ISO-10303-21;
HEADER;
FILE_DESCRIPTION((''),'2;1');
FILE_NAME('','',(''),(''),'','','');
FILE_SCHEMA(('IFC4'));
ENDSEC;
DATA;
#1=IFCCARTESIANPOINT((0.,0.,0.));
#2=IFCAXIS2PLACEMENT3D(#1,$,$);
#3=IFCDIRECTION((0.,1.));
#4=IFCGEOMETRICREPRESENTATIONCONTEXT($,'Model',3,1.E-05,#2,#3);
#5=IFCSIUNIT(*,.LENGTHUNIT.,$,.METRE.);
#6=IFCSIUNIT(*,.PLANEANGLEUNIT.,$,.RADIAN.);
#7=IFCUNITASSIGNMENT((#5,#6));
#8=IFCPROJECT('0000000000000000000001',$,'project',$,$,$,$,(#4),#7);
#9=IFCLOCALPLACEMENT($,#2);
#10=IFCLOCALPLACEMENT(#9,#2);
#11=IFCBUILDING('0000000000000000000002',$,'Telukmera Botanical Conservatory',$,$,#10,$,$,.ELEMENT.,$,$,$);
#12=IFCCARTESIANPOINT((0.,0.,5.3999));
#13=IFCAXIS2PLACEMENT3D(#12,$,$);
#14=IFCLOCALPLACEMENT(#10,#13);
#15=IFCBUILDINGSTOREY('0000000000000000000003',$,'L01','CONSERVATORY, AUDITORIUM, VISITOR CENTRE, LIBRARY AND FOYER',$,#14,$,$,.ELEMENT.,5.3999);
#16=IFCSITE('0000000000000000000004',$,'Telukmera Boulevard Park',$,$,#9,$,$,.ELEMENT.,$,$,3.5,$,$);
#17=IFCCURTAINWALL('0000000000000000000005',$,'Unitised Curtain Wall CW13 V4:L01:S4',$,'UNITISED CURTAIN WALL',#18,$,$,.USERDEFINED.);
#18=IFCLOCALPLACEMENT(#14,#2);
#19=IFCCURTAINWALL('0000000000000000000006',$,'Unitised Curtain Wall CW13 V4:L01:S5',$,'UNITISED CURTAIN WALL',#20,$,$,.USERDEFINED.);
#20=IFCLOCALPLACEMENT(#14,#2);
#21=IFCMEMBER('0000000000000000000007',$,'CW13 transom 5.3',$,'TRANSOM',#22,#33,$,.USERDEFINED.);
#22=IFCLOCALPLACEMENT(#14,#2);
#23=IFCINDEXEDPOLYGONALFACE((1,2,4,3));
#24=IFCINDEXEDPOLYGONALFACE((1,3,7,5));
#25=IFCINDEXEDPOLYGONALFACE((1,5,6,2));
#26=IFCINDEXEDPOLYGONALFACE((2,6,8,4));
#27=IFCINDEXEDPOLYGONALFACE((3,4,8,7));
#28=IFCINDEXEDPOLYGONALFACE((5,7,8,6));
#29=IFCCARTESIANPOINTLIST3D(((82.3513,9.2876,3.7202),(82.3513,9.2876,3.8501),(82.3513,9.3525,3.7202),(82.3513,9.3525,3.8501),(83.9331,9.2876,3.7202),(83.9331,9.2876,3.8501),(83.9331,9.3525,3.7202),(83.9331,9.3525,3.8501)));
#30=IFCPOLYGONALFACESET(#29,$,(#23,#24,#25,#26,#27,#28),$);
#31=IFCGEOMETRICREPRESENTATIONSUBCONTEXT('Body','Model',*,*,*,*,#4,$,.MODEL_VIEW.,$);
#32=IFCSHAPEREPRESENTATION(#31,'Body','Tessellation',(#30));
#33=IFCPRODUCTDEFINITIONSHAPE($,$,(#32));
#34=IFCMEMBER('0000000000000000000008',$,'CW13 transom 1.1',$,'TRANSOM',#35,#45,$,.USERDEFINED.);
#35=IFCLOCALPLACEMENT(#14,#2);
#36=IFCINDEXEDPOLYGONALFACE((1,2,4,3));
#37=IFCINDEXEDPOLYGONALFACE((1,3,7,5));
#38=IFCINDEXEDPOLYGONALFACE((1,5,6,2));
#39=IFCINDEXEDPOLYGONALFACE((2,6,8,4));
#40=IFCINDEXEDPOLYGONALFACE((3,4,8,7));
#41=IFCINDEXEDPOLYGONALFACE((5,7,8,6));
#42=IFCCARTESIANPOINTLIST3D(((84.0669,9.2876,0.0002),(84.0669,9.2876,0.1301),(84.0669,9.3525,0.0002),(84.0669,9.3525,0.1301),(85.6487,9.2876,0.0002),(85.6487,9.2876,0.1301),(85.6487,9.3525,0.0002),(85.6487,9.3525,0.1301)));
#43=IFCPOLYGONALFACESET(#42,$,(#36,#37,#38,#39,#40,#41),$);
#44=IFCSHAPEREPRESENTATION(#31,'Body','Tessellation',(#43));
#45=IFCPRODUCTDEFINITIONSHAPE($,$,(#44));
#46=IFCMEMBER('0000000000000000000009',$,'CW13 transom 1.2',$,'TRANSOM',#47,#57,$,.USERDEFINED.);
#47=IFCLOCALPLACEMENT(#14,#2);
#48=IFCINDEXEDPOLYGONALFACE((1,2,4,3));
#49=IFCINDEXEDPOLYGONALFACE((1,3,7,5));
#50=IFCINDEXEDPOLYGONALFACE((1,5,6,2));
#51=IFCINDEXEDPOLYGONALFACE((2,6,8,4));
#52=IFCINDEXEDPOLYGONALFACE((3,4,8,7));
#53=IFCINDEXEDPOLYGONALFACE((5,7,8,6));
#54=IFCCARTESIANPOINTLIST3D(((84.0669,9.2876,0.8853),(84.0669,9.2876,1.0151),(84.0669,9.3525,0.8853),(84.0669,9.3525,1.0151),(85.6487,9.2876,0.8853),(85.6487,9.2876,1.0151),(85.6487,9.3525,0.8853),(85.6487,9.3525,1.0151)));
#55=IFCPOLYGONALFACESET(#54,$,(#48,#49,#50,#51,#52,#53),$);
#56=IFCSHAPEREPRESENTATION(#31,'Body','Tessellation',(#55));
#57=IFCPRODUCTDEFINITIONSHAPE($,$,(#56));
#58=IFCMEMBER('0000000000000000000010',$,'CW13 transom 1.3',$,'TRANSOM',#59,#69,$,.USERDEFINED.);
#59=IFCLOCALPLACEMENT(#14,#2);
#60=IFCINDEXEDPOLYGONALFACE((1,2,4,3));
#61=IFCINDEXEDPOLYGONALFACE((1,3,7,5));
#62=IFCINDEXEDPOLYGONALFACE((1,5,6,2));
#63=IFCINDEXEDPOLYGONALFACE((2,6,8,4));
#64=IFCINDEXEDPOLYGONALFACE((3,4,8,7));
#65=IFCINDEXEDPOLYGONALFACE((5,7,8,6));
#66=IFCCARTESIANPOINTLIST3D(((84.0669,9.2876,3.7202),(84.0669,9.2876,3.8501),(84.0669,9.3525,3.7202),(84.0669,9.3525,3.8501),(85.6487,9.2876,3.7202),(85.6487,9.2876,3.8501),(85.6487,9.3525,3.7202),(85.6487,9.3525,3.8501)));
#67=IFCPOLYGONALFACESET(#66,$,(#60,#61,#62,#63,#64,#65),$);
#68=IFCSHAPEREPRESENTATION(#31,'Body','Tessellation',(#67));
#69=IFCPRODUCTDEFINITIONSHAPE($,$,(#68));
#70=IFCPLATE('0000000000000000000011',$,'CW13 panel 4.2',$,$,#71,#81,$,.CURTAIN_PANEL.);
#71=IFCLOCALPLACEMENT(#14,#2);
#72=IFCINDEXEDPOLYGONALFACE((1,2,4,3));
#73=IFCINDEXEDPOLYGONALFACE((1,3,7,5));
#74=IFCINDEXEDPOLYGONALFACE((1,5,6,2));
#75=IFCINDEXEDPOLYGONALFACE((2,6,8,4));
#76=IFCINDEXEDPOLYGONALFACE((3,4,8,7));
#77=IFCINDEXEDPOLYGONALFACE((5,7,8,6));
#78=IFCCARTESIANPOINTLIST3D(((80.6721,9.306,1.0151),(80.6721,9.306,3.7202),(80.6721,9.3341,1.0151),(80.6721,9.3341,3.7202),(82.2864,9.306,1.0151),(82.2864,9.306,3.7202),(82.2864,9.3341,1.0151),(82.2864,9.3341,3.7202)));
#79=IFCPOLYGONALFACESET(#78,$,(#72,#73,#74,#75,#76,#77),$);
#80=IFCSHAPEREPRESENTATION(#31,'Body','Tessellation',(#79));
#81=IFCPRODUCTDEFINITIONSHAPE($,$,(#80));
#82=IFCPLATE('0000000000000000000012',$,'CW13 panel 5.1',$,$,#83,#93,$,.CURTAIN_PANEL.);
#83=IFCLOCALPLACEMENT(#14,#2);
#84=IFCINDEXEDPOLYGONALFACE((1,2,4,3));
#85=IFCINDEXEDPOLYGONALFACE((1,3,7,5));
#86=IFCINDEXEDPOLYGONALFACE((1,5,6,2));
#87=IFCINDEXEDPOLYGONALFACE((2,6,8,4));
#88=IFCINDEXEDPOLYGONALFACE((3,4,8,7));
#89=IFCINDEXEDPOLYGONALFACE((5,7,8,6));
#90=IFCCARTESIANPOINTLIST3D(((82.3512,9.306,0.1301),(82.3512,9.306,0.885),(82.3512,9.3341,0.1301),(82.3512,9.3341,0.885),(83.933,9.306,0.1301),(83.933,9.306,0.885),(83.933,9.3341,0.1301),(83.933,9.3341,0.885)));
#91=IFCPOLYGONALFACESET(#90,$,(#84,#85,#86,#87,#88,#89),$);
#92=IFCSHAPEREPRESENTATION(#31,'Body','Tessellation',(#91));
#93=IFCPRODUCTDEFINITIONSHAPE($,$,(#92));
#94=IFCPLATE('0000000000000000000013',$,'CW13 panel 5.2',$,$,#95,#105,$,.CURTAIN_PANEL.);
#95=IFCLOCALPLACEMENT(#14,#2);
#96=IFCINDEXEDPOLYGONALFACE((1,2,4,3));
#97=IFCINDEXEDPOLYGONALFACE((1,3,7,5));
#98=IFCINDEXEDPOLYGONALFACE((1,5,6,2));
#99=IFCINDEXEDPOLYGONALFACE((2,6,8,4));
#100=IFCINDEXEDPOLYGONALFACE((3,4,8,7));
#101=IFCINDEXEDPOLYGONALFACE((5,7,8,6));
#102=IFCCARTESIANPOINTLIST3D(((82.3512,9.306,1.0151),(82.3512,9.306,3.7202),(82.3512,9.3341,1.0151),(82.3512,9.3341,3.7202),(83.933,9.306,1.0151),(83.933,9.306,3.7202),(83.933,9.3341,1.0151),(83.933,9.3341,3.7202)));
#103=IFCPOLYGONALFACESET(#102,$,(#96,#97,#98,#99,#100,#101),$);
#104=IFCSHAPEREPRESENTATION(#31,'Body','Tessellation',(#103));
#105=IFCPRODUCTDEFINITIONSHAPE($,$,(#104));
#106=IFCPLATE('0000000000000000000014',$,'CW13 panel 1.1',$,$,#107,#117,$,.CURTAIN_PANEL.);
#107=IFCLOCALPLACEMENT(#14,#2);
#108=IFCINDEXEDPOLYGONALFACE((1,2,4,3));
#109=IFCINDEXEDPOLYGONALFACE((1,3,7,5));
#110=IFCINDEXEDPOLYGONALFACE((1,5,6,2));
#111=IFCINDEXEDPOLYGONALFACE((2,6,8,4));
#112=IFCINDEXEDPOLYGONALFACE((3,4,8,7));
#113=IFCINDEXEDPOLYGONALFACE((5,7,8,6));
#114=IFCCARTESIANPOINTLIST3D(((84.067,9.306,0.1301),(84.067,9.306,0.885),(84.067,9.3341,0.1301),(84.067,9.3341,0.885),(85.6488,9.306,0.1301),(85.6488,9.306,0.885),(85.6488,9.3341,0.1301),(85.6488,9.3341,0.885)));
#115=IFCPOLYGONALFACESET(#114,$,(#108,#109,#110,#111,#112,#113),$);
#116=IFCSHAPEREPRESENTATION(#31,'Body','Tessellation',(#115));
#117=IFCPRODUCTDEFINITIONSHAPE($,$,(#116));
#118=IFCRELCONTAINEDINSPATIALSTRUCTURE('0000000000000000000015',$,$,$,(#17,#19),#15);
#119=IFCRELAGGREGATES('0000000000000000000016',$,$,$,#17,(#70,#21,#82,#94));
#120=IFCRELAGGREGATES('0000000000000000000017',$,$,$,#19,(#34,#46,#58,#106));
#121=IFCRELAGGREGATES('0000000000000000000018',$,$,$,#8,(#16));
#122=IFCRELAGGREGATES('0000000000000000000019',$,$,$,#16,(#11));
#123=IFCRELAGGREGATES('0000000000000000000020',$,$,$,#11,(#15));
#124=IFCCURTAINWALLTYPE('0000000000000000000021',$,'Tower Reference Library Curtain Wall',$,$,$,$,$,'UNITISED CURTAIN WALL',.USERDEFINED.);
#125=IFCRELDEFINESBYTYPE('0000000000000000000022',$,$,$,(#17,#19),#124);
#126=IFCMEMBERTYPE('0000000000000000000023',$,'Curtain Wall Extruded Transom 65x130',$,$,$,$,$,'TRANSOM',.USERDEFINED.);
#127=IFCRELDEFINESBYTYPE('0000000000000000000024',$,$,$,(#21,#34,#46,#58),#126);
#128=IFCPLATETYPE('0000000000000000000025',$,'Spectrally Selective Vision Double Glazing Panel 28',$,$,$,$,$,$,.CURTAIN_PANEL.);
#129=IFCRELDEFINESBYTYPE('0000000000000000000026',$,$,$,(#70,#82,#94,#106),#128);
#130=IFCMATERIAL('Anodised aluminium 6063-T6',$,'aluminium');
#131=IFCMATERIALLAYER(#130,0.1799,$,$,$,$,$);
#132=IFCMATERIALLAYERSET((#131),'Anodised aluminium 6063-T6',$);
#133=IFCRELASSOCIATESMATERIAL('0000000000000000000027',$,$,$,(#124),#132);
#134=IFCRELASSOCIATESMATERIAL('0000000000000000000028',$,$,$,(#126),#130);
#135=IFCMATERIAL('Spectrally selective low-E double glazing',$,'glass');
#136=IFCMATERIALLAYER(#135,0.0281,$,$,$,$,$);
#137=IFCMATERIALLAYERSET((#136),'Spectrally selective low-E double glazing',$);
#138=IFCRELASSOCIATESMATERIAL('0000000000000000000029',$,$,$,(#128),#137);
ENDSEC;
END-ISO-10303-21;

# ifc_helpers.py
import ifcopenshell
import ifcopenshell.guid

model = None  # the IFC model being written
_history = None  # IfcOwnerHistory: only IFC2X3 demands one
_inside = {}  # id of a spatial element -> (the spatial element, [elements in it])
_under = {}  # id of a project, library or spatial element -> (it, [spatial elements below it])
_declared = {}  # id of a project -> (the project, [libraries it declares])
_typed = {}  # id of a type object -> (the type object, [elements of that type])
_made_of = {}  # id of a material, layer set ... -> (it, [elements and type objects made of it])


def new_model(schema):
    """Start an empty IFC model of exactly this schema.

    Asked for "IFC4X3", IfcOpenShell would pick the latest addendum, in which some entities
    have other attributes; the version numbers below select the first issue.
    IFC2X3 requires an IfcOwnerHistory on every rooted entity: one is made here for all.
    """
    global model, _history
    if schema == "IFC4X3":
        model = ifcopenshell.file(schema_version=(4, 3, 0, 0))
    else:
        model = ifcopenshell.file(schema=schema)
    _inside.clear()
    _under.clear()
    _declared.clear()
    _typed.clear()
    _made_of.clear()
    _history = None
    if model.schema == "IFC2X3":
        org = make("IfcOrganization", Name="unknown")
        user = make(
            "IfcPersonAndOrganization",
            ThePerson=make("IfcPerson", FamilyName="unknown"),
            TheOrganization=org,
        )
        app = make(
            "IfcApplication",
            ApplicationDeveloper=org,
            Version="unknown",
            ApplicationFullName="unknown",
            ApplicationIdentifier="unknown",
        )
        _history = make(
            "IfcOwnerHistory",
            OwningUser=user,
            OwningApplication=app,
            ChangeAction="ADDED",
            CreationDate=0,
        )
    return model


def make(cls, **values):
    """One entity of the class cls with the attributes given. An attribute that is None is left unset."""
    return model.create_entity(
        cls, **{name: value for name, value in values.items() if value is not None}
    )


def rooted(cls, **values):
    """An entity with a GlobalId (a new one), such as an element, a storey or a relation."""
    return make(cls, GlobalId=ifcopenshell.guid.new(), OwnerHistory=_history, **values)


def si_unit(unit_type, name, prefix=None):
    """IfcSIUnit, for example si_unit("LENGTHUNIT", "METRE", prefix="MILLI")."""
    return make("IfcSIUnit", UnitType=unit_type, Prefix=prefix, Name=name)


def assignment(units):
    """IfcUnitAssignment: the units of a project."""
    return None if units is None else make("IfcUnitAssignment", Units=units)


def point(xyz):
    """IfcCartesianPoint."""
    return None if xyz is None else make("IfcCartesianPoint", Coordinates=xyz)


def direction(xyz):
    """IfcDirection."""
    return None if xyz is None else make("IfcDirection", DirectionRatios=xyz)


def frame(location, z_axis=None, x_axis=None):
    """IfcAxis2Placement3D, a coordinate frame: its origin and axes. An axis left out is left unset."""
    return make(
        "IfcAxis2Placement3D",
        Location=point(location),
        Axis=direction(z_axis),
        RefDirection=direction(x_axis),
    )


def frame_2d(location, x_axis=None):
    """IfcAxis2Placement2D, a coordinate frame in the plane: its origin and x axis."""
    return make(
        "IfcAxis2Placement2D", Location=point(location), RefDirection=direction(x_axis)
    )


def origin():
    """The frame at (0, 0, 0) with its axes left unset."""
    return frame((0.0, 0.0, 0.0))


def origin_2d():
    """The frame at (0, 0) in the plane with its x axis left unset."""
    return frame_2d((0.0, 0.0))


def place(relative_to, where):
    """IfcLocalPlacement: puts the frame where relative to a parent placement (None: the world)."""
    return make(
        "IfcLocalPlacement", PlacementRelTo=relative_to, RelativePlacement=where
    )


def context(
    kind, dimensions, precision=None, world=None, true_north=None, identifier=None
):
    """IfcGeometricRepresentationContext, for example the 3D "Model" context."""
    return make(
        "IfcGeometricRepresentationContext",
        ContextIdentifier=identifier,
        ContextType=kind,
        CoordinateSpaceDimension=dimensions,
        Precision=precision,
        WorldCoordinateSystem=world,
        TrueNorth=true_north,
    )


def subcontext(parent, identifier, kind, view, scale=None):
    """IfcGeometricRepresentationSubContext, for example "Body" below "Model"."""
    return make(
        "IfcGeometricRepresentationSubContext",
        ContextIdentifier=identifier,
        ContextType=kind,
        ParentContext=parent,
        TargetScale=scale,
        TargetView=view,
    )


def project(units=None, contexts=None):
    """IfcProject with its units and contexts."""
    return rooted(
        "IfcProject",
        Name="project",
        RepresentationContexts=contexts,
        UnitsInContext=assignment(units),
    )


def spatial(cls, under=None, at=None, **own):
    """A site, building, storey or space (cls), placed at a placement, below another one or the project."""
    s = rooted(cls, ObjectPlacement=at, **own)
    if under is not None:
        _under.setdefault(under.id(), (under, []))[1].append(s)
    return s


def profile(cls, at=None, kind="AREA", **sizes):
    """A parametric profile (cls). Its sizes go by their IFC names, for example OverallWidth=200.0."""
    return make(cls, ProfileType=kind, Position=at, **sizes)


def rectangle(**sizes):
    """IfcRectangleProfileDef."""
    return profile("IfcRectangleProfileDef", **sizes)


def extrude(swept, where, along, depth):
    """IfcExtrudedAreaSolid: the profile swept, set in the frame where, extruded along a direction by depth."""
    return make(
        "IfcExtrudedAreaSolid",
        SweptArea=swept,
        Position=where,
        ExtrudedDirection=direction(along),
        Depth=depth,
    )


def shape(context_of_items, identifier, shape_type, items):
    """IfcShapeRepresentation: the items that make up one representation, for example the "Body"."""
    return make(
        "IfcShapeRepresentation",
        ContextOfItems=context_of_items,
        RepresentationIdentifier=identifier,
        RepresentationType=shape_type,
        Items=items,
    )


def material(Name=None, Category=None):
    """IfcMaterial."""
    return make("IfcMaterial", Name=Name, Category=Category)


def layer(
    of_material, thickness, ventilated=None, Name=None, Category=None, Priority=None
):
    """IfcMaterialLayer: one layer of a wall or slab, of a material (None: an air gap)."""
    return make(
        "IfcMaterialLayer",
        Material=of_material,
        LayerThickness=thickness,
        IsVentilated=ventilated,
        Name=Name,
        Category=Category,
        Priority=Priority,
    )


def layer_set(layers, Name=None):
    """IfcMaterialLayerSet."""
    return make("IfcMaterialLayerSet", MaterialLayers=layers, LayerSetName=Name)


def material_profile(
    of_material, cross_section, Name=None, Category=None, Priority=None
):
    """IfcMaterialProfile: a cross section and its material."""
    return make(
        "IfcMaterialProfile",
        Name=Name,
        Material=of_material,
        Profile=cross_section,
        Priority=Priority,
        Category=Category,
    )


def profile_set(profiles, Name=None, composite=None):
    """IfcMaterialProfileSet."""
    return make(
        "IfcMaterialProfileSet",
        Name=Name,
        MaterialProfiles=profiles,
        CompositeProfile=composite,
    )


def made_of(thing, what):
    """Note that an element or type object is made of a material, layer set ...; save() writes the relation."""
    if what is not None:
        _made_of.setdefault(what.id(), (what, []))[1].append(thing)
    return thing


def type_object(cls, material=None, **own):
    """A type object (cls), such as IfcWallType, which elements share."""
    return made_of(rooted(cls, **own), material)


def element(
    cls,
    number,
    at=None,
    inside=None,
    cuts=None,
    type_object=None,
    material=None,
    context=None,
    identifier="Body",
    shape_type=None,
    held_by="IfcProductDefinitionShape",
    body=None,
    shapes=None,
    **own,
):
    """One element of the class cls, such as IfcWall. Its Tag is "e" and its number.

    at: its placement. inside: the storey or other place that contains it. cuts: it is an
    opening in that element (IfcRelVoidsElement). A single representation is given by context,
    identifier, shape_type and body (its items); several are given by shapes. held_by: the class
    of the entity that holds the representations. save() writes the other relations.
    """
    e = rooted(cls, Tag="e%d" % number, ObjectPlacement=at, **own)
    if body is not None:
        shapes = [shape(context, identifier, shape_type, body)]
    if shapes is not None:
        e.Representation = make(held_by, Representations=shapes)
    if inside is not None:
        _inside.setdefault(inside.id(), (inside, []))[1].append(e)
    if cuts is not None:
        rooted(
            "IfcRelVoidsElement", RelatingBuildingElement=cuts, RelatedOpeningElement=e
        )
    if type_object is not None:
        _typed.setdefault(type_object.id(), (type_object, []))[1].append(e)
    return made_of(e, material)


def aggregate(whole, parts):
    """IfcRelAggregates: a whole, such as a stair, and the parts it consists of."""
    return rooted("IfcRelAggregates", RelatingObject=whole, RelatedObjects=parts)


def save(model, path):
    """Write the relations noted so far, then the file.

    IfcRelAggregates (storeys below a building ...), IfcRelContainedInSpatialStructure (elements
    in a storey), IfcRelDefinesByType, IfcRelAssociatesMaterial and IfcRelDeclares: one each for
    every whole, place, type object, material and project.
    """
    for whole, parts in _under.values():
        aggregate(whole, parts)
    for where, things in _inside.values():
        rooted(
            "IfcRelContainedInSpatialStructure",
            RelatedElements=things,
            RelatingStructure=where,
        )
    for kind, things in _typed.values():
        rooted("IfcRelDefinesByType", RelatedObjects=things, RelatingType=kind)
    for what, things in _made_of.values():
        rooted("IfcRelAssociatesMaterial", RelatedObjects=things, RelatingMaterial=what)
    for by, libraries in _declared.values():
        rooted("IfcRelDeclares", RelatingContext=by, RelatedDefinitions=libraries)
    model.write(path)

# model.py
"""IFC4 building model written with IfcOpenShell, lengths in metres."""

from ifc_helpers import new_model, si_unit, direction, frame, origin, origin_2d, place, context, subcontext, project, spatial, rectangle, extrude, material, layer, layer_set, material_profile, profile_set, type_object, element, aggregate, save


model = new_model("IFC4")

# Units and contexts
model_context = context("Model", 3, precision=1e-05, world=origin(), true_north=direction((0.0, 1.0)))
body_context = subcontext(model_context, "Body", "Model", "MODEL_VIEW")
ifc_project = project(units=[si_unit("LENGTHUNIT", "METRE"), si_unit("PLANEANGLEUNIT", "RADIAN")], contexts=[model_context])

# Site, building, storey
site_placement = place(None, origin())
site = spatial("IfcSite", under=ifc_project, at=site_placement, Name="Telukmera Boulevard Park", CompositionType="ELEMENT", RefElevation=3.5)
building_placement = place(site_placement, origin())
building = spatial("IfcBuilding", under=site, at=building_placement, Name="Telukmera Botanical Conservatory", CompositionType="ELEMENT")
storey_placement = place(building_placement, frame((0.0, 0.0, 5.3999)))
storey = spatial("IfcBuildingStorey", under=building, at=storey_placement, Name="L01", Description="CONSERVATORY, AUDITORIUM, VISITOR CENTRE, LIBRARY AND FOYER", CompositionType="ELEMENT", Elevation=5.3999)

# Curtain wall
ifc_material_1 = material(Name="Anodised aluminium 6063-T6", Category="aluminium")
ifc_layer_1 = layer(ifc_material_1, 0.1799)
ifc_layer_set_1 = layer_set([ifc_layer_1], Name="Anodised aluminium 6063-T6")
curtain_wall_type = type_object("IfcCurtainWallType", Name="Tower Reference Library Curtain Wall", ElementType="UNITISED CURTAIN WALL", PredefinedType="USERDEFINED", material=ifc_layer_set_1)
curtain_wall_1_placement = place(storey_placement, origin())
curtain_wall_1 = element("IfcCurtainWall", 1, at=curtain_wall_1_placement, inside=storey, type_object=curtain_wall_type, Name="Unitised Curtain Wall CW13 V4:L01:S4", ObjectType="UNITISED CURTAIN WALL", PredefinedType="USERDEFINED")

# Curtain wall
curtain_wall_2_placement = place(storey_placement, origin())
curtain_wall_2 = element("IfcCurtainWall", 2, at=curtain_wall_2_placement, inside=storey, type_object=curtain_wall_type, Name="Unitised Curtain Wall CW13 V4:L01:S5", ObjectType="UNITISED CURTAIN WALL", PredefinedType="USERDEFINED")

# Members
ifc_material_profile_1 = material_profile(ifc_material_1, rectangle(XDim=0.0649, YDim=0.1299, at=origin_2d()), Name="ALU TRAN 65x130")
ifc_profile_set_1 = profile_set([ifc_material_profile_1], Name="Anodised aluminium 6063-T6")
member_type_1 = type_object("IfcMemberType", Name="Curtain Wall Extruded Transom 65x130", ElementType="TRANSOM", PredefinedType="USERDEFINED", material=ifc_profile_set_1)
member_1_placement = place(storey_placement, frame((82.3513, 9.3201, 3.7852), z_axis=(1.0, 0.0, 0.0), x_axis=(0.0, 1.0, 0.0)))
member_1 = element("IfcMember", 3, at=member_1_placement, type_object=member_type_1, Name="CW13 transom 5.3", ObjectType="TRANSOM", PredefinedType="USERDEFINED", context=body_context, shape_type="SweptSolid", body=[
    extrude(rectangle(XDim=0.0649, YDim=0.1299, at=origin_2d()), origin(), (0.0, 0.0, 1.0), 1.5818),
])
member_2_placement = place(storey_placement, frame((84.0669, 9.3201, 0.0652), z_axis=(1.0, 0.0, 0.0), x_axis=(0.0, 1.0, 0.0)))
member_2 = element("IfcMember", 4, at=member_2_placement, type_object=member_type_1, Name="CW13 transom 1.1", ObjectType="TRANSOM", PredefinedType="USERDEFINED", context=body_context, shape_type="SweptSolid", body=[
    extrude(rectangle(XDim=0.0649, YDim=0.1299, at=origin_2d()), origin(), (0.0, 0.0, 1.0), 1.5818),
])
member_3_placement = place(storey_placement, frame((84.0669, 9.3201, 0.9502), z_axis=(1.0, 0.0, 0.0), x_axis=(0.0, 1.0, 0.0)))
member_3 = element("IfcMember", 5, at=member_3_placement, type_object=member_type_1, Name="CW13 transom 1.2", ObjectType="TRANSOM", PredefinedType="USERDEFINED", context=body_context, shape_type="SweptSolid", body=[
    extrude(rectangle(XDim=0.0649, YDim=0.1299, at=origin_2d()), origin(), (0.0, 0.0, 1.0), 1.5818),
])
member_4_placement = place(storey_placement, frame((84.0669, 9.3201, 3.7852), z_axis=(1.0, 0.0, 0.0), x_axis=(0.0, 1.0, 0.0)))
member_4 = element("IfcMember", 6, at=member_4_placement, type_object=member_type_1, Name="CW13 transom 1.3", ObjectType="TRANSOM", PredefinedType="USERDEFINED", context=body_context, shape_type="SweptSolid", body=[
    extrude(rectangle(XDim=0.0649, YDim=0.1299, at=origin_2d()), origin(), (0.0, 0.0, 1.0), 1.5818),
])

# Plates
ifc_material_2 = material(Name="Spectrally selective low-E double glazing", Category="glass")
ifc_layer_2 = layer(ifc_material_2, 0.0281)
ifc_layer_set_2 = layer_set([ifc_layer_2], Name="Spectrally selective low-E double glazing")
plate_type = type_object("IfcPlateType", Name="Spectrally Selective Vision Double Glazing Panel 28", PredefinedType="CURTAIN_PANEL", material=ifc_layer_set_2)
plate_1_placement = place(storey_placement, frame((81.4792, 9.3201, 1.0151), z_axis=(0.0, 0.0, 1.0), x_axis=(1.0, 0.0, 0.0)))
plate_1 = element("IfcPlate", 7, at=plate_1_placement, type_object=plate_type, Name="CW13 panel 4.2", PredefinedType="CURTAIN_PANEL", context=body_context, shape_type="SweptSolid", body=[
    extrude(rectangle(XDim=1.6143, YDim=0.0281, at=origin_2d()), origin(), (0.0, 0.0, 1.0), 2.7051),
])
plate_2_placement = place(storey_placement, frame((83.1421, 9.3201, 0.1301), z_axis=(0.0, 0.0, 1.0), x_axis=(1.0, 0.0, 0.0)))
plate_2 = element("IfcPlate", 8, at=plate_2_placement, type_object=plate_type, Name="CW13 panel 5.1", PredefinedType="CURTAIN_PANEL", context=body_context, shape_type="SweptSolid", body=[
    extrude(rectangle(XDim=1.5818, YDim=0.0281, at=origin_2d()), origin(), (0.0, 0.0, 1.0), 0.7549),
])
plate_3_placement = place(storey_placement, frame((83.1421, 9.3201, 1.0151), z_axis=(0.0, 0.0, 1.0), x_axis=(1.0, 0.0, 0.0)))
plate_3 = element("IfcPlate", 9, at=plate_3_placement, type_object=plate_type, Name="CW13 panel 5.2", PredefinedType="CURTAIN_PANEL", context=body_context, shape_type="SweptSolid", body=[
    extrude(rectangle(XDim=1.5818, YDim=0.0281, at=origin_2d()), origin(), (0.0, 0.0, 1.0), 2.7051),
])
aggregate(curtain_wall_1, [plate_1, member_1, plate_2, plate_3])
plate_4_placement = place(storey_placement, frame((84.8579, 9.3201, 0.1301), z_axis=(0.0, 0.0, 1.0), x_axis=(1.0, 0.0, 0.0)))
plate_4 = element("IfcPlate", 10, at=plate_4_placement, type_object=plate_type, Name="CW13 panel 1.1", PredefinedType="CURTAIN_PANEL", context=body_context, shape_type="SweptSolid", body=[
    extrude(rectangle(XDim=1.5818, YDim=0.0281, at=origin_2d()), origin(), (0.0, 0.0, 1.0), 0.7549),
])
aggregate(curtain_wall_2, [member_2, member_3, member_4, plate_4])

save(model, "model.ifc")
